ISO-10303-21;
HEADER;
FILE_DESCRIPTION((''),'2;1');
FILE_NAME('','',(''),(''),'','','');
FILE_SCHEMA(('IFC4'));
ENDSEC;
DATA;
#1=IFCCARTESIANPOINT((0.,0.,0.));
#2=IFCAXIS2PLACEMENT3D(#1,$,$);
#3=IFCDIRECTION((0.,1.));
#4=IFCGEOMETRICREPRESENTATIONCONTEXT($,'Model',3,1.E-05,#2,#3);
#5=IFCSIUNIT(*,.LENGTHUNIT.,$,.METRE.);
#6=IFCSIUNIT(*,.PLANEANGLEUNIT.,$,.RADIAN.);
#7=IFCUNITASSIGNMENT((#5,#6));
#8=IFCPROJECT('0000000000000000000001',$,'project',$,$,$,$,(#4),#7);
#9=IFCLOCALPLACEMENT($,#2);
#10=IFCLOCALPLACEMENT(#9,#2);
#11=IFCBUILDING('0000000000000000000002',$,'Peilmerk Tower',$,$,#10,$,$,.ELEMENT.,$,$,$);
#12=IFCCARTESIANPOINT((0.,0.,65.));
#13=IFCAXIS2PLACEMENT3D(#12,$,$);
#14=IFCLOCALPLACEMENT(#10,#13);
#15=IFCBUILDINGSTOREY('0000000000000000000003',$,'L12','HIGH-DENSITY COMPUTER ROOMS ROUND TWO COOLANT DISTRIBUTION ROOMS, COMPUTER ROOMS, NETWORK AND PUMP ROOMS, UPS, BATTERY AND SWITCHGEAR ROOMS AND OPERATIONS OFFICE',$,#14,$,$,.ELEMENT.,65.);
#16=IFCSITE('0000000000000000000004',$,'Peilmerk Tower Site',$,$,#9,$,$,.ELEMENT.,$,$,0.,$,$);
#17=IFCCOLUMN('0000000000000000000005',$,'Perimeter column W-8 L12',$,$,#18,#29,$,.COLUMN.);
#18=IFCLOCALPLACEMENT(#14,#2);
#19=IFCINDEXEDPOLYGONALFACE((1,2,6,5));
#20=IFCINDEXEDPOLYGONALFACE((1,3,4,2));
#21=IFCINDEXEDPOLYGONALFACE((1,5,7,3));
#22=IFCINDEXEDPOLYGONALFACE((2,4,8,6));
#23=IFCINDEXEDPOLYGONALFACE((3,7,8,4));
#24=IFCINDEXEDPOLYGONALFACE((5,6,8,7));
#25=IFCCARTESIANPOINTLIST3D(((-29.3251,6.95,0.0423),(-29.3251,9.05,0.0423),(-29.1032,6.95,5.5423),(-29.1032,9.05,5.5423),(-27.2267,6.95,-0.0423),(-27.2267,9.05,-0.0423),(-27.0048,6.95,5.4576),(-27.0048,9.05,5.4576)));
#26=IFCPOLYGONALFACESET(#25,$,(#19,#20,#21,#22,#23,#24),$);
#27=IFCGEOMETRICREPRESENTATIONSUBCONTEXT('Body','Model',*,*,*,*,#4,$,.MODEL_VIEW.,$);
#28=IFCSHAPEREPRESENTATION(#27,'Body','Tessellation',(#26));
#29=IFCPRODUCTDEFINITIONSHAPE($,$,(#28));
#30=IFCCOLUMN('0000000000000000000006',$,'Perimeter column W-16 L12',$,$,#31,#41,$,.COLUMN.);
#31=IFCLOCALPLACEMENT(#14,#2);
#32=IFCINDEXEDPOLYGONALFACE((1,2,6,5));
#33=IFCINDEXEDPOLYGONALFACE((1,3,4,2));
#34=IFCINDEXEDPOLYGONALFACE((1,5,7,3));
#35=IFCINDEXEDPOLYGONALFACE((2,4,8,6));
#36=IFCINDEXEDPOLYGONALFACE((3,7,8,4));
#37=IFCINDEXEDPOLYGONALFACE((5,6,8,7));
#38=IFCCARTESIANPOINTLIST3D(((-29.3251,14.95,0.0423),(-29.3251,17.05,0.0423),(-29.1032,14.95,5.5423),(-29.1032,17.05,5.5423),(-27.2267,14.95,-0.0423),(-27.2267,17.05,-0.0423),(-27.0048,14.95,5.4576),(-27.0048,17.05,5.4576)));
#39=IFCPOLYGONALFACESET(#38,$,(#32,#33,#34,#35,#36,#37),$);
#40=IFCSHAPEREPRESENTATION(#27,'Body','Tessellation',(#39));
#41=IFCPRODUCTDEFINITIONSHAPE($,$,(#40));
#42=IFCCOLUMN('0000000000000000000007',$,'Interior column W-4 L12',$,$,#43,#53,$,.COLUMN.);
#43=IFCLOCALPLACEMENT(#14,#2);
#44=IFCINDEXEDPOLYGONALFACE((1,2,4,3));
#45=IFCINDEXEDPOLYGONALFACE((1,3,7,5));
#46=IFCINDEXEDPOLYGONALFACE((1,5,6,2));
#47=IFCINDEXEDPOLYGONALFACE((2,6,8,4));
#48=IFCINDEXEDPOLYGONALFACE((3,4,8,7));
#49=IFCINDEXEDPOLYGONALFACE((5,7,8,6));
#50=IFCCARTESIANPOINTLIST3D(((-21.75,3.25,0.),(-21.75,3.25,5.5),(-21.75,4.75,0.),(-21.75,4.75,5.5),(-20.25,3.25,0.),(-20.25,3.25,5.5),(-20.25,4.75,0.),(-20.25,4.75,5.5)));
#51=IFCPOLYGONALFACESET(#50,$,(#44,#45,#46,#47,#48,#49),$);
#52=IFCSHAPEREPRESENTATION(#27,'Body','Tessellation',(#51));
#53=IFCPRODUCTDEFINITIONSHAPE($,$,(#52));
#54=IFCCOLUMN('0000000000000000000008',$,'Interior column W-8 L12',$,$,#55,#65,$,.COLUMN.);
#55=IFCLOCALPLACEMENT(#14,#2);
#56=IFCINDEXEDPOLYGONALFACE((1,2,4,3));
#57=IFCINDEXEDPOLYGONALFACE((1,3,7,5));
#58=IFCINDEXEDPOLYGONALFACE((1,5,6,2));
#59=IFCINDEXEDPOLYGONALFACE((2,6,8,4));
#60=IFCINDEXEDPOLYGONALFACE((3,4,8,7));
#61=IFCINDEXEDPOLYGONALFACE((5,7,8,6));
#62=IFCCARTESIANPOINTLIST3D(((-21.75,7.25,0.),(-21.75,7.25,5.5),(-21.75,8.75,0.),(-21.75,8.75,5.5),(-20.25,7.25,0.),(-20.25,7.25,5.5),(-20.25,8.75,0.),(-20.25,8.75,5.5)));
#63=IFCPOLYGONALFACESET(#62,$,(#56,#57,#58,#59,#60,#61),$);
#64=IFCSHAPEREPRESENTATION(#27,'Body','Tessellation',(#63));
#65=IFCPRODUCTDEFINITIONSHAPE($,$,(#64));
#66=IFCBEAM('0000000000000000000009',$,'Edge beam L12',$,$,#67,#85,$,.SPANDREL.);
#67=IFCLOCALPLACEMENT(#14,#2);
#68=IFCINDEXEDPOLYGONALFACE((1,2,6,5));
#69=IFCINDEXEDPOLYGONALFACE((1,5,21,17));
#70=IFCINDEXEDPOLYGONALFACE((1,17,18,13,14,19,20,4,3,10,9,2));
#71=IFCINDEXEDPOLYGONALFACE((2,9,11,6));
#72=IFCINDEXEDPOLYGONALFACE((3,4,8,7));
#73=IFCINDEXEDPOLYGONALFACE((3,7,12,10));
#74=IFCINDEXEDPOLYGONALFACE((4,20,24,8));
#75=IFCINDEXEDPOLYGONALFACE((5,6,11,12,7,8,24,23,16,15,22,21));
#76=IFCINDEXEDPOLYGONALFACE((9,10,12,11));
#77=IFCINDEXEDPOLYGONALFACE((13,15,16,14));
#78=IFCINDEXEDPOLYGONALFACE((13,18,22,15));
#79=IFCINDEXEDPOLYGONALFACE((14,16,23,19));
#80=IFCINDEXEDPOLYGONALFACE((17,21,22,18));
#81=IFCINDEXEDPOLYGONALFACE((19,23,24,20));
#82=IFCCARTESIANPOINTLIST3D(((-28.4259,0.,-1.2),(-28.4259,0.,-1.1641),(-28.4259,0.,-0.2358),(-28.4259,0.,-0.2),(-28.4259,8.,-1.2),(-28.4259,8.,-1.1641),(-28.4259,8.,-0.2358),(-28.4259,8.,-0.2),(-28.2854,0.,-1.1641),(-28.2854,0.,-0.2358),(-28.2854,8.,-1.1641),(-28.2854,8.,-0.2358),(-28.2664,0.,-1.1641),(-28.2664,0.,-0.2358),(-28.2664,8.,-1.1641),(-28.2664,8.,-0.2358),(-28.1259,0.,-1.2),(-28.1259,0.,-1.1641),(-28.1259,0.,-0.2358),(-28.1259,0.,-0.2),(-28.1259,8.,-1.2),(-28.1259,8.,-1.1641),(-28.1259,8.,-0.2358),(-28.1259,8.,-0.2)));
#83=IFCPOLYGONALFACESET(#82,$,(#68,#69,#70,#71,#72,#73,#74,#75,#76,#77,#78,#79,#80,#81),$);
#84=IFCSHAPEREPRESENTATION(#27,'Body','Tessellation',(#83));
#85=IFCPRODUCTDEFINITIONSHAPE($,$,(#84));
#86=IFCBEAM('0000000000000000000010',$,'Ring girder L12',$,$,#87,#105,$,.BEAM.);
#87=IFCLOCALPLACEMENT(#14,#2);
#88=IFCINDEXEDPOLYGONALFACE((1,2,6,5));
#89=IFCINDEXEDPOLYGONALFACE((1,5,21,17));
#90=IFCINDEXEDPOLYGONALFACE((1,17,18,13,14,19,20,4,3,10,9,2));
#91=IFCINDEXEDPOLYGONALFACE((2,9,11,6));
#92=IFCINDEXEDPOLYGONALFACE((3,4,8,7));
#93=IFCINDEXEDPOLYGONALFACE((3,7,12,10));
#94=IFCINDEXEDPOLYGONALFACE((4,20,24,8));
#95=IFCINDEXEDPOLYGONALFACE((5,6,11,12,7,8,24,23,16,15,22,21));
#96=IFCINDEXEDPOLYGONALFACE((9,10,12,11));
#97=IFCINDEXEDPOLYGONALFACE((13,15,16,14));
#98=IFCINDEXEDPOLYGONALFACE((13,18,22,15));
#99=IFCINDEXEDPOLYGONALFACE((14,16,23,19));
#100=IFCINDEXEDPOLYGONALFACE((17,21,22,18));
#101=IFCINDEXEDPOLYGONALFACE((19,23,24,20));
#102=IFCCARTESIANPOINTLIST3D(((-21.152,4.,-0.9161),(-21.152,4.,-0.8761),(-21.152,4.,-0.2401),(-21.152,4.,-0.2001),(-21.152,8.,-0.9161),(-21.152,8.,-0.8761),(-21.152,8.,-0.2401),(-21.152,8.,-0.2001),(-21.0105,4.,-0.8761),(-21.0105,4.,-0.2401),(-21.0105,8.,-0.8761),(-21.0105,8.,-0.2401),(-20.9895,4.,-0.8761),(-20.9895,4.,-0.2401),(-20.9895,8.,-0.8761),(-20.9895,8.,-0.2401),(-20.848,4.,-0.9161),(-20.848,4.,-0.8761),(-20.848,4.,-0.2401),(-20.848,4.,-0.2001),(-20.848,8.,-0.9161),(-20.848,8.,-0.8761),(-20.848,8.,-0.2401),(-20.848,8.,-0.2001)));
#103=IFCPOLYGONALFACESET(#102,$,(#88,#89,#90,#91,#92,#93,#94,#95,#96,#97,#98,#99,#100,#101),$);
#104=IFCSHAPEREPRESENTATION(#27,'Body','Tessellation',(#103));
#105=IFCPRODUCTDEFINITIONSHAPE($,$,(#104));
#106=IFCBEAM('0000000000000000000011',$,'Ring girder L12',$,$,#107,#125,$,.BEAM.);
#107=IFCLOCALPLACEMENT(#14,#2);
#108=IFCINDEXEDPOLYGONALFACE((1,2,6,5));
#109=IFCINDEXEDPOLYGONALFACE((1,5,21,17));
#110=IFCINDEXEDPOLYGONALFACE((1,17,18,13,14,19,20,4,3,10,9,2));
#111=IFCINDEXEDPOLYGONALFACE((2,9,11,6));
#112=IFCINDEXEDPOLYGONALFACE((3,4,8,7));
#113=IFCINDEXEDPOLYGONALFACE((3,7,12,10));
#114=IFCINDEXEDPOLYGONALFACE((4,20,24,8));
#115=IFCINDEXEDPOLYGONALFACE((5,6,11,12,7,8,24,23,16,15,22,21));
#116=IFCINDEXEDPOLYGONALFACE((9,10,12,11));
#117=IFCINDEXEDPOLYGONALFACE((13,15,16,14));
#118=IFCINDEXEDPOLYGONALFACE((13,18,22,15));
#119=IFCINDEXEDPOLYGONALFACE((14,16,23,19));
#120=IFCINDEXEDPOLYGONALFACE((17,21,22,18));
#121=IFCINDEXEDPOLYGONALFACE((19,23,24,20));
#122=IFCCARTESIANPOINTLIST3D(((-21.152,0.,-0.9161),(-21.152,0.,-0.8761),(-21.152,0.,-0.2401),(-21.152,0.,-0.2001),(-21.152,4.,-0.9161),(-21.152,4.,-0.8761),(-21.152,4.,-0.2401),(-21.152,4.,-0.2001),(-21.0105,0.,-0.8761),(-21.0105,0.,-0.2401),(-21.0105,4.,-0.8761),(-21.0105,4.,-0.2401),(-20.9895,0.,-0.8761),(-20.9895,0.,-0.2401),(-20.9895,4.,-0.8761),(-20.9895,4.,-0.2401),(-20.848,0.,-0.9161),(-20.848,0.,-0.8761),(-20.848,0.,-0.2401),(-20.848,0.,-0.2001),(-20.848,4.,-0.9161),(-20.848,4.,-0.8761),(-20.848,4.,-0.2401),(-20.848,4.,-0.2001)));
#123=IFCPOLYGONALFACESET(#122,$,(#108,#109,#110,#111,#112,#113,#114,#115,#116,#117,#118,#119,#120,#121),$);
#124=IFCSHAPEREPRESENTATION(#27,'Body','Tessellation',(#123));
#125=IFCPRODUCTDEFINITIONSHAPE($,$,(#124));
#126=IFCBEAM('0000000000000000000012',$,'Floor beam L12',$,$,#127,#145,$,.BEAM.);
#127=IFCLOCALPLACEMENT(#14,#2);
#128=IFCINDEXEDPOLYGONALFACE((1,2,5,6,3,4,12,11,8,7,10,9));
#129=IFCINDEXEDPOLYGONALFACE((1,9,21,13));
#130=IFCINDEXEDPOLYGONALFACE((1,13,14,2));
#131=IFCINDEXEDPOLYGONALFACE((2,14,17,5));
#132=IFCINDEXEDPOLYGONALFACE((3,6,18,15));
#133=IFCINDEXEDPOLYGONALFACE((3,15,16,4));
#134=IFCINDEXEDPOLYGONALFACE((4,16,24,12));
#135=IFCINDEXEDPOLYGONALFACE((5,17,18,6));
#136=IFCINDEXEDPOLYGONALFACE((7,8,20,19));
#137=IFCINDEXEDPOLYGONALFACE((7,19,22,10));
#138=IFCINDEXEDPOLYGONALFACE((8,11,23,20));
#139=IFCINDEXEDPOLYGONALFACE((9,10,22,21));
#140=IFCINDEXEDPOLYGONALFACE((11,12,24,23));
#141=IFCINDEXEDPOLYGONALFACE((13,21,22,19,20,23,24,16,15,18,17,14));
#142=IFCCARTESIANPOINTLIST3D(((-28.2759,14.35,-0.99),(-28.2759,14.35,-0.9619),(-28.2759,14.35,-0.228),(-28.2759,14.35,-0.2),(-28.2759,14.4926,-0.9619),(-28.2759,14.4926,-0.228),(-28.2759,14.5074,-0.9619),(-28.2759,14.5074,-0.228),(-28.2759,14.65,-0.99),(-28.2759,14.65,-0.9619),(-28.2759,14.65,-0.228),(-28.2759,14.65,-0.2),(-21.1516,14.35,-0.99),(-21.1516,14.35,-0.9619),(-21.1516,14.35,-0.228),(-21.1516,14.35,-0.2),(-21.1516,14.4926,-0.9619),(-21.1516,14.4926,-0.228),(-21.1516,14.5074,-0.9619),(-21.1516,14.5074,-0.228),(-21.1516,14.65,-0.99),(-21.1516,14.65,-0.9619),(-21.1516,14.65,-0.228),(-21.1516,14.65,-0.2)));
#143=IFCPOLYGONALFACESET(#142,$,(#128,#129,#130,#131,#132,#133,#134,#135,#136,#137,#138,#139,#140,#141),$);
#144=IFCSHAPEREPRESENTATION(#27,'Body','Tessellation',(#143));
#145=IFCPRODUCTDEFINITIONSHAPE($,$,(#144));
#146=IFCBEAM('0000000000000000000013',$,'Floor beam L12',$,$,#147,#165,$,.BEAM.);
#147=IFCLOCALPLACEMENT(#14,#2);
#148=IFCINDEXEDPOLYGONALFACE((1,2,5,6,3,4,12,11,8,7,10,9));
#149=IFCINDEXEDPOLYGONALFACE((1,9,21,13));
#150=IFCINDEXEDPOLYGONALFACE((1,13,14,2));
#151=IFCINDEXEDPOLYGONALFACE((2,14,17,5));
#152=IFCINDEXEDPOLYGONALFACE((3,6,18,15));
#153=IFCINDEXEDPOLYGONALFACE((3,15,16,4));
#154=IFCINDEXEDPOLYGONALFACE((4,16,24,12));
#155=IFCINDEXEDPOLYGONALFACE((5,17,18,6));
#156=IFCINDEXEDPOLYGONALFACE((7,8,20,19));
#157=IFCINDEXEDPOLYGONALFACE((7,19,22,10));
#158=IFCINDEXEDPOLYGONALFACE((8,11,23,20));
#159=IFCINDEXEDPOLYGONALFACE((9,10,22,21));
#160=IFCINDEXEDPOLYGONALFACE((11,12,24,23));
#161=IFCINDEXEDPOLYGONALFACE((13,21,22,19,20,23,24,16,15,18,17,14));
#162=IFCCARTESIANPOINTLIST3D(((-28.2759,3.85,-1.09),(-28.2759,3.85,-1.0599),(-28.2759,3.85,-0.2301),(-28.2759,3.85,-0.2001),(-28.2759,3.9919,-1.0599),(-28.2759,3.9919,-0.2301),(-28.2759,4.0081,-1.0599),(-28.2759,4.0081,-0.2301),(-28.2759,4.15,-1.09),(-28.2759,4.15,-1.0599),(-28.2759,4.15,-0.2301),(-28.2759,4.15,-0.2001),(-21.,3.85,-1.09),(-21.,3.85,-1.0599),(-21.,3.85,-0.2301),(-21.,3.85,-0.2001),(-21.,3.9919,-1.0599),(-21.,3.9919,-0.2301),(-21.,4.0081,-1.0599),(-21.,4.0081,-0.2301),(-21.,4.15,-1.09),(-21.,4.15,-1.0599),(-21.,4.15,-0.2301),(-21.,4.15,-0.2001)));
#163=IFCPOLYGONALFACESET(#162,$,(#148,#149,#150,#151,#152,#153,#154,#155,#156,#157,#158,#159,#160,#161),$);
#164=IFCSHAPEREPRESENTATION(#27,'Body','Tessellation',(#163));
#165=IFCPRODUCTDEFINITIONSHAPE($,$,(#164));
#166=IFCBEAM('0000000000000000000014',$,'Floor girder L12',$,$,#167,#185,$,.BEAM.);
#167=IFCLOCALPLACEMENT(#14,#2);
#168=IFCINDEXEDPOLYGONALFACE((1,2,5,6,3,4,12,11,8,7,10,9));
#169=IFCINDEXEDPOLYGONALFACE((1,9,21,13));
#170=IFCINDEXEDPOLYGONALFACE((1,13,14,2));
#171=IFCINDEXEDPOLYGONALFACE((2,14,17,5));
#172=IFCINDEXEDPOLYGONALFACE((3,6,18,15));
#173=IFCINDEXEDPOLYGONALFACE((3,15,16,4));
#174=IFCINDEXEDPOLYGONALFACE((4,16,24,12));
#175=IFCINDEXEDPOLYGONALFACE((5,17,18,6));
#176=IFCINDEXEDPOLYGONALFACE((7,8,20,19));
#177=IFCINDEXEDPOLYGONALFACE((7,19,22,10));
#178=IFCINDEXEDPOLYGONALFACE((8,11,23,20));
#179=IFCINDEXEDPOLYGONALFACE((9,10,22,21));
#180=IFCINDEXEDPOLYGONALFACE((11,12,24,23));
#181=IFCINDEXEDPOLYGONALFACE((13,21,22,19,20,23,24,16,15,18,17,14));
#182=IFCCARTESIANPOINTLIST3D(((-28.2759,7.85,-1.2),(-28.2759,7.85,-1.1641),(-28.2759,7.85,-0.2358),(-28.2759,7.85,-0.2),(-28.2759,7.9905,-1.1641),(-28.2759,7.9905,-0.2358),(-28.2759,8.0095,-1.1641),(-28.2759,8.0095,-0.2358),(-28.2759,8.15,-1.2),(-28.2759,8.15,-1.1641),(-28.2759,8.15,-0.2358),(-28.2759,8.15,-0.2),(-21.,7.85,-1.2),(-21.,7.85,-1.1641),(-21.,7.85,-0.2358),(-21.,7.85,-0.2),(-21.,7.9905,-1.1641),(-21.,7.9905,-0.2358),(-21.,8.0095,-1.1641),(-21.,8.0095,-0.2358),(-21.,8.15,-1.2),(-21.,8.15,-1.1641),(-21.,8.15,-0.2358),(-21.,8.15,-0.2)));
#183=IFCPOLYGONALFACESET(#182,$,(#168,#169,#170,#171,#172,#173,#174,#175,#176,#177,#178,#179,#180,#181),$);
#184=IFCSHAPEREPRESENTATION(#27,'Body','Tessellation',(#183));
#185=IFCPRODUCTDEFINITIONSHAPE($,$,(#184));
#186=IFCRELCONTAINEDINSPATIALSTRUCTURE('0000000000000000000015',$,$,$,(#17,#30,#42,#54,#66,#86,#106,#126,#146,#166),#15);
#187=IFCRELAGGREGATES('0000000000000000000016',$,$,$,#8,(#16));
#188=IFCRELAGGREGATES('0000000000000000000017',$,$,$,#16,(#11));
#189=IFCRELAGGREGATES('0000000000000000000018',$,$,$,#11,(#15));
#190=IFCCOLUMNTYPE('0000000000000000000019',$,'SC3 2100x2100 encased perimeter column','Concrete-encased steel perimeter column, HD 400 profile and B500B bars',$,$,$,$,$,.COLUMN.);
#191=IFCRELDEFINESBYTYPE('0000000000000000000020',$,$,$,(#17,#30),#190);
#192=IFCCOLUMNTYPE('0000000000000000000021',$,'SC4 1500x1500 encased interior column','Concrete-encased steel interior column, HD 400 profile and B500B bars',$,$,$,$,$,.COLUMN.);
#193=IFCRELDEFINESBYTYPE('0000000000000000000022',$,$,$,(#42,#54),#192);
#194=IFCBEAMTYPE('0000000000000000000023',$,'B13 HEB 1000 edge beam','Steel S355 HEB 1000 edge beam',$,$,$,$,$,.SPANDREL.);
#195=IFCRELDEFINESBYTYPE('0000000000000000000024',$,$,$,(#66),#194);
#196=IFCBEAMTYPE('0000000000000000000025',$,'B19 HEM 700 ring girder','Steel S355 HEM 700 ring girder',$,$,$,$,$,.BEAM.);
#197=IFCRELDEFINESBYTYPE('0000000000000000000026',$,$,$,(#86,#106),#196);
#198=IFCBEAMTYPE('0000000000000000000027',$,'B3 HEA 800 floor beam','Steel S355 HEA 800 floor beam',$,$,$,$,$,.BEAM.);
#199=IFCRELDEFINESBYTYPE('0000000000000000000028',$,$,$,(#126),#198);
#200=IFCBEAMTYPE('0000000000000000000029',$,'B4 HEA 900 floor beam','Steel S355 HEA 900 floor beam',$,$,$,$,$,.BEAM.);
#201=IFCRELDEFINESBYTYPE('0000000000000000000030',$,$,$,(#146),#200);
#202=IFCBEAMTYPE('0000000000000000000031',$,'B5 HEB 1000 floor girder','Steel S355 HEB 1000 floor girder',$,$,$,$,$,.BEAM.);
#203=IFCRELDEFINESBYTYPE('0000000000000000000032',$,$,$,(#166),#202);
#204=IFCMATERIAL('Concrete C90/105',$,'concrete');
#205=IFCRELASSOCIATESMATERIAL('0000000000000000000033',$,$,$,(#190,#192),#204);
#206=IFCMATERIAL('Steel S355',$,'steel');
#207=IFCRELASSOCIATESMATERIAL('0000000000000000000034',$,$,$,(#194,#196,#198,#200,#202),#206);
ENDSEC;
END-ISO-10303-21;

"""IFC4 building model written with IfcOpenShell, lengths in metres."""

from ifc_helpers import new_model, si_unit, direction, frame, origin, origin_2d, place, context, subcontext, project, spatial, rectangle, i_section, extrude, material, material_profile, profile_set, type_object, element, save


model = new_model("IFC4")

# Units and contexts
model_context = context("Model", 3, precision=1e-05, world=origin(), true_north=direction((0.0, 1.0)))
body_context = subcontext(model_context, "Body", "Model", "MODEL_VIEW")
ifc_project = project(units=[si_unit("LENGTHUNIT", "METRE"), si_unit("PLANEANGLEUNIT", "RADIAN")], contexts=[model_context])

# Site, building, storey
site_placement = place(None, origin())
site = spatial("IfcSite", under=ifc_project, at=site_placement, Name="Peilmerk Tower Site", CompositionType="ELEMENT", RefElevation=0.0)
building_placement = place(site_placement, origin())
building = spatial("IfcBuilding", under=site, at=building_placement, Name="Peilmerk Tower", CompositionType="ELEMENT")
storey_placement = place(building_placement, frame((0.0, 0.0, 65.0)))
storey = spatial("IfcBuildingStorey", under=building, at=storey_placement, Name="L12", Description="HIGH-DENSITY COMPUTER ROOMS ROUND TWO COOLANT DISTRIBUTION ROOMS, COMPUTER ROOMS, NETWORK AND PUMP ROOMS, UPS, BATTERY AND SWITCHGEAR ROOMS AND OPERATIONS OFFICE", CompositionType="ELEMENT", Elevation=65.0)

# Columns
ifc_material_1 = material(Name="Concrete C90/105", Category="concrete")
ifc_material_profile_1 = material_profile(ifc_material_1, rectangle(XDim=2.1001, YDim=2.1001, at=origin_2d()), Name="RC 2100x2100")
ifc_profile_set_1 = profile_set([ifc_material_profile_1], Name="Concrete C90/105")
column_type_1 = type_object("IfcColumnType", Name="SC3 2100x2100 encased perimeter column", Description="Concrete-encased steel perimeter column, HD 400 profile and B500B bars", PredefinedType="COLUMN", material=ifc_profile_set_1)
for number, where, z_axis, x_axis, name in (
    (1, (-28.2759, 8.0, 0.0), (0.040317, 0.0, 0.999187), (0.0, 1.0, 0.0), "Perimeter column W-8 L12"),
    (2, (-28.2759, 16.0, 0.0), (0.040317, 0.0, 0.999187), (0.0, 1.0, 0.0), "Perimeter column W-16 L12"),
):
    element("IfcColumn", number, at=place(storey_placement, frame(where, z_axis=z_axis, x_axis=x_axis)), inside=storey, type_object=column_type_1, Name=name, PredefinedType="COLUMN", context=body_context, shape_type="SweptSolid", body=[
        extrude(rectangle(XDim=2.1001, YDim=2.1001, at=origin_2d()), origin(), (0.0, 0.0, 1.0), 5.5044),
    ])
ifc_material_profile_2 = material_profile(ifc_material_1, rectangle(XDim=1.5, YDim=1.5, at=origin_2d()), Name="RC 1500x1500")
ifc_profile_set_2 = profile_set([ifc_material_profile_2], Name="Concrete C90/105")
column_type_2 = type_object("IfcColumnType", Name="SC4 1500x1500 encased interior column", Description="Concrete-encased steel interior column, HD 400 profile and B500B bars", PredefinedType="COLUMN", material=ifc_profile_set_2)
for number, where, z_axis, x_axis, name in (
    (3, (-21.0, 4.0, 0.0), (0.0, 0.0, 1.0), (1.0, 0.0, 0.0), "Interior column W-4 L12"),
    (4, (-21.0, 8.0, 0.0), (0.0, 0.0, 1.0), (1.0, 0.0, 0.0), "Interior column W-8 L12"),
):
    element("IfcColumn", number, at=place(storey_placement, frame(where, z_axis=z_axis, x_axis=x_axis)), inside=storey, type_object=column_type_2, Name=name, PredefinedType="COLUMN", context=body_context, shape_type="SweptSolid", body=[
        extrude(rectangle(XDim=1.5, YDim=1.5, at=origin_2d()), origin(), (0.0, 0.0, 1.0), 5.5),
    ])

# Beams
ifc_material_2 = material(Name="Steel S355", Category="steel")
ifc_material_profile_3 = material_profile(ifc_material_2, i_section(OverallWidth=0.3, OverallDepth=1.0, WebThickness=0.019, FlangeThickness=0.0359, at=origin_2d()), Name="HEB 1000")
ifc_profile_set_3 = profile_set([ifc_material_profile_3], Name="Steel S355")
beam_type_1 = type_object("IfcBeamType", Name="B13 HEB 1000 edge beam", Description="Steel S355 HEB 1000 edge beam", PredefinedType="SPANDREL", material=ifc_profile_set_3)
beam_1_placement = place(storey_placement, frame((-28.2759, 8.0, -0.7), z_axis=(0.0, -1.0, 0.0), x_axis=(1.0, 0.0, 0.0)))
element("IfcBeam", 5, at=beam_1_placement, inside=storey, type_object=beam_type_1, Name="Edge beam L12", PredefinedType="SPANDREL", context=body_context, shape_type="SweptSolid", body=[
    extrude(i_section(OverallWidth=0.3, OverallDepth=1.0, WebThickness=0.019, FlangeThickness=0.0359, at=origin_2d()), origin(), (0.0, 0.0, 1.0), 8.0),
])
ifc_material_profile_4 = material_profile(ifc_material_2, i_section(OverallWidth=0.304, OverallDepth=0.7161, WebThickness=0.021, FlangeThickness=0.04, at=origin_2d()), Name="HEM 700")
ifc_profile_set_4 = profile_set([ifc_material_profile_4], Name="Steel S355")
beam_type_2 = type_object("IfcBeamType", Name="B19 HEM 700 ring girder", Description="Steel S355 HEM 700 ring girder", PredefinedType="BEAM", material=ifc_profile_set_4)
for number, where, z_axis, x_axis, name in (
    (6, (-21.0, 8.0, -0.5581), (0.0, -1.0, 0.0), (1.0, 0.0, 0.0), "Ring girder L12"),
    (7, (-21.0, 4.0, -0.5581), (0.0, -1.0, 0.0), (1.0, 0.0, 0.0), "Ring girder L12"),
):
    element("IfcBeam", number, at=place(storey_placement, frame(where, z_axis=z_axis, x_axis=x_axis)), inside=storey, type_object=beam_type_2, Name=name, PredefinedType="BEAM", context=body_context, shape_type="SweptSolid", body=[
        extrude(i_section(OverallWidth=0.304, OverallDepth=0.7161, WebThickness=0.021, FlangeThickness=0.04, at=origin_2d()), origin(), (0.0, 0.0, 1.0), 4.0),
    ])
ifc_material_profile_5 = material_profile(ifc_material_2, i_section(OverallWidth=0.3, OverallDepth=0.79, WebThickness=0.0149, FlangeThickness=0.0281, at=origin_2d()), Name="HEA 800")
ifc_profile_set_5 = profile_set([ifc_material_profile_5], Name="Steel S355")
beam_type_3 = type_object("IfcBeamType", Name="B3 HEA 800 floor beam", Description="Steel S355 HEA 800 floor beam", PredefinedType="BEAM", material=ifc_profile_set_5)
beam_2_placement = place(storey_placement, frame((-21.1516, 14.5, -0.595), z_axis=(-1.0, 0.0, 0.0), x_axis=(0.0, -1.0, 0.0)))
element("IfcBeam", 8, at=beam_2_placement, inside=storey, type_object=beam_type_3, Name="Floor beam L12", PredefinedType="BEAM", context=body_context, shape_type="SweptSolid", body=[
    extrude(i_section(OverallWidth=0.3, OverallDepth=0.79, WebThickness=0.0149, FlangeThickness=0.0281, at=origin_2d()), origin(), (0.0, 0.0, 1.0), 7.1243),
])
ifc_material_profile_6 = material_profile(ifc_material_2, i_section(OverallWidth=0.3, OverallDepth=0.8899, WebThickness=0.0161, FlangeThickness=0.03, at=origin_2d()), Name="HEA 900")
ifc_profile_set_6 = profile_set([ifc_material_profile_6], Name="Steel S355")
beam_type_4 = type_object("IfcBeamType", Name="B4 HEA 900 floor beam", Description="Steel S355 HEA 900 floor beam", PredefinedType="BEAM", material=ifc_profile_set_6)
beam_3_placement = place(storey_placement, frame((-21.0, 4.0, -0.645), z_axis=(-1.0, 0.0, 0.0), x_axis=(0.0, -1.0, 0.0)))
element("IfcBeam", 9, at=beam_3_placement, inside=storey, type_object=beam_type_4, Name="Floor beam L12", PredefinedType="BEAM", context=body_context, shape_type="SweptSolid", body=[
    extrude(i_section(OverallWidth=0.3, OverallDepth=0.8899, WebThickness=0.0161, FlangeThickness=0.03, at=origin_2d()), origin(), (0.0, 0.0, 1.0), 7.2759),
])
ifc_material_profile_7 = material_profile(ifc_material_2, i_section(OverallWidth=0.3, OverallDepth=1.0, WebThickness=0.019, FlangeThickness=0.0359, at=origin_2d()), Name="HEB 1000")
ifc_profile_set_7 = profile_set([ifc_material_profile_7], Name="Steel S355")
beam_type_5 = type_object("IfcBeamType", Name="B5 HEB 1000 floor girder", Description="Steel S355 HEB 1000 floor girder", PredefinedType="BEAM", material=ifc_profile_set_7)
beam_4_placement = place(storey_placement, frame((-21.0, 8.0, -0.7), z_axis=(-1.0, 0.0, 0.0), x_axis=(0.0, -1.0, 0.0)))
element("IfcBeam", 10, at=beam_4_placement, inside=storey, type_object=beam_type_5, Name="Floor girder L12", PredefinedType="BEAM", context=body_context, shape_type="SweptSolid", body=[
    extrude(i_section(OverallWidth=0.3, OverallDepth=1.0, WebThickness=0.019, FlangeThickness=0.0359, at=origin_2d()), origin(), (0.0, 0.0, 1.0), 7.2759),
])

save(model, "model.ifc")
